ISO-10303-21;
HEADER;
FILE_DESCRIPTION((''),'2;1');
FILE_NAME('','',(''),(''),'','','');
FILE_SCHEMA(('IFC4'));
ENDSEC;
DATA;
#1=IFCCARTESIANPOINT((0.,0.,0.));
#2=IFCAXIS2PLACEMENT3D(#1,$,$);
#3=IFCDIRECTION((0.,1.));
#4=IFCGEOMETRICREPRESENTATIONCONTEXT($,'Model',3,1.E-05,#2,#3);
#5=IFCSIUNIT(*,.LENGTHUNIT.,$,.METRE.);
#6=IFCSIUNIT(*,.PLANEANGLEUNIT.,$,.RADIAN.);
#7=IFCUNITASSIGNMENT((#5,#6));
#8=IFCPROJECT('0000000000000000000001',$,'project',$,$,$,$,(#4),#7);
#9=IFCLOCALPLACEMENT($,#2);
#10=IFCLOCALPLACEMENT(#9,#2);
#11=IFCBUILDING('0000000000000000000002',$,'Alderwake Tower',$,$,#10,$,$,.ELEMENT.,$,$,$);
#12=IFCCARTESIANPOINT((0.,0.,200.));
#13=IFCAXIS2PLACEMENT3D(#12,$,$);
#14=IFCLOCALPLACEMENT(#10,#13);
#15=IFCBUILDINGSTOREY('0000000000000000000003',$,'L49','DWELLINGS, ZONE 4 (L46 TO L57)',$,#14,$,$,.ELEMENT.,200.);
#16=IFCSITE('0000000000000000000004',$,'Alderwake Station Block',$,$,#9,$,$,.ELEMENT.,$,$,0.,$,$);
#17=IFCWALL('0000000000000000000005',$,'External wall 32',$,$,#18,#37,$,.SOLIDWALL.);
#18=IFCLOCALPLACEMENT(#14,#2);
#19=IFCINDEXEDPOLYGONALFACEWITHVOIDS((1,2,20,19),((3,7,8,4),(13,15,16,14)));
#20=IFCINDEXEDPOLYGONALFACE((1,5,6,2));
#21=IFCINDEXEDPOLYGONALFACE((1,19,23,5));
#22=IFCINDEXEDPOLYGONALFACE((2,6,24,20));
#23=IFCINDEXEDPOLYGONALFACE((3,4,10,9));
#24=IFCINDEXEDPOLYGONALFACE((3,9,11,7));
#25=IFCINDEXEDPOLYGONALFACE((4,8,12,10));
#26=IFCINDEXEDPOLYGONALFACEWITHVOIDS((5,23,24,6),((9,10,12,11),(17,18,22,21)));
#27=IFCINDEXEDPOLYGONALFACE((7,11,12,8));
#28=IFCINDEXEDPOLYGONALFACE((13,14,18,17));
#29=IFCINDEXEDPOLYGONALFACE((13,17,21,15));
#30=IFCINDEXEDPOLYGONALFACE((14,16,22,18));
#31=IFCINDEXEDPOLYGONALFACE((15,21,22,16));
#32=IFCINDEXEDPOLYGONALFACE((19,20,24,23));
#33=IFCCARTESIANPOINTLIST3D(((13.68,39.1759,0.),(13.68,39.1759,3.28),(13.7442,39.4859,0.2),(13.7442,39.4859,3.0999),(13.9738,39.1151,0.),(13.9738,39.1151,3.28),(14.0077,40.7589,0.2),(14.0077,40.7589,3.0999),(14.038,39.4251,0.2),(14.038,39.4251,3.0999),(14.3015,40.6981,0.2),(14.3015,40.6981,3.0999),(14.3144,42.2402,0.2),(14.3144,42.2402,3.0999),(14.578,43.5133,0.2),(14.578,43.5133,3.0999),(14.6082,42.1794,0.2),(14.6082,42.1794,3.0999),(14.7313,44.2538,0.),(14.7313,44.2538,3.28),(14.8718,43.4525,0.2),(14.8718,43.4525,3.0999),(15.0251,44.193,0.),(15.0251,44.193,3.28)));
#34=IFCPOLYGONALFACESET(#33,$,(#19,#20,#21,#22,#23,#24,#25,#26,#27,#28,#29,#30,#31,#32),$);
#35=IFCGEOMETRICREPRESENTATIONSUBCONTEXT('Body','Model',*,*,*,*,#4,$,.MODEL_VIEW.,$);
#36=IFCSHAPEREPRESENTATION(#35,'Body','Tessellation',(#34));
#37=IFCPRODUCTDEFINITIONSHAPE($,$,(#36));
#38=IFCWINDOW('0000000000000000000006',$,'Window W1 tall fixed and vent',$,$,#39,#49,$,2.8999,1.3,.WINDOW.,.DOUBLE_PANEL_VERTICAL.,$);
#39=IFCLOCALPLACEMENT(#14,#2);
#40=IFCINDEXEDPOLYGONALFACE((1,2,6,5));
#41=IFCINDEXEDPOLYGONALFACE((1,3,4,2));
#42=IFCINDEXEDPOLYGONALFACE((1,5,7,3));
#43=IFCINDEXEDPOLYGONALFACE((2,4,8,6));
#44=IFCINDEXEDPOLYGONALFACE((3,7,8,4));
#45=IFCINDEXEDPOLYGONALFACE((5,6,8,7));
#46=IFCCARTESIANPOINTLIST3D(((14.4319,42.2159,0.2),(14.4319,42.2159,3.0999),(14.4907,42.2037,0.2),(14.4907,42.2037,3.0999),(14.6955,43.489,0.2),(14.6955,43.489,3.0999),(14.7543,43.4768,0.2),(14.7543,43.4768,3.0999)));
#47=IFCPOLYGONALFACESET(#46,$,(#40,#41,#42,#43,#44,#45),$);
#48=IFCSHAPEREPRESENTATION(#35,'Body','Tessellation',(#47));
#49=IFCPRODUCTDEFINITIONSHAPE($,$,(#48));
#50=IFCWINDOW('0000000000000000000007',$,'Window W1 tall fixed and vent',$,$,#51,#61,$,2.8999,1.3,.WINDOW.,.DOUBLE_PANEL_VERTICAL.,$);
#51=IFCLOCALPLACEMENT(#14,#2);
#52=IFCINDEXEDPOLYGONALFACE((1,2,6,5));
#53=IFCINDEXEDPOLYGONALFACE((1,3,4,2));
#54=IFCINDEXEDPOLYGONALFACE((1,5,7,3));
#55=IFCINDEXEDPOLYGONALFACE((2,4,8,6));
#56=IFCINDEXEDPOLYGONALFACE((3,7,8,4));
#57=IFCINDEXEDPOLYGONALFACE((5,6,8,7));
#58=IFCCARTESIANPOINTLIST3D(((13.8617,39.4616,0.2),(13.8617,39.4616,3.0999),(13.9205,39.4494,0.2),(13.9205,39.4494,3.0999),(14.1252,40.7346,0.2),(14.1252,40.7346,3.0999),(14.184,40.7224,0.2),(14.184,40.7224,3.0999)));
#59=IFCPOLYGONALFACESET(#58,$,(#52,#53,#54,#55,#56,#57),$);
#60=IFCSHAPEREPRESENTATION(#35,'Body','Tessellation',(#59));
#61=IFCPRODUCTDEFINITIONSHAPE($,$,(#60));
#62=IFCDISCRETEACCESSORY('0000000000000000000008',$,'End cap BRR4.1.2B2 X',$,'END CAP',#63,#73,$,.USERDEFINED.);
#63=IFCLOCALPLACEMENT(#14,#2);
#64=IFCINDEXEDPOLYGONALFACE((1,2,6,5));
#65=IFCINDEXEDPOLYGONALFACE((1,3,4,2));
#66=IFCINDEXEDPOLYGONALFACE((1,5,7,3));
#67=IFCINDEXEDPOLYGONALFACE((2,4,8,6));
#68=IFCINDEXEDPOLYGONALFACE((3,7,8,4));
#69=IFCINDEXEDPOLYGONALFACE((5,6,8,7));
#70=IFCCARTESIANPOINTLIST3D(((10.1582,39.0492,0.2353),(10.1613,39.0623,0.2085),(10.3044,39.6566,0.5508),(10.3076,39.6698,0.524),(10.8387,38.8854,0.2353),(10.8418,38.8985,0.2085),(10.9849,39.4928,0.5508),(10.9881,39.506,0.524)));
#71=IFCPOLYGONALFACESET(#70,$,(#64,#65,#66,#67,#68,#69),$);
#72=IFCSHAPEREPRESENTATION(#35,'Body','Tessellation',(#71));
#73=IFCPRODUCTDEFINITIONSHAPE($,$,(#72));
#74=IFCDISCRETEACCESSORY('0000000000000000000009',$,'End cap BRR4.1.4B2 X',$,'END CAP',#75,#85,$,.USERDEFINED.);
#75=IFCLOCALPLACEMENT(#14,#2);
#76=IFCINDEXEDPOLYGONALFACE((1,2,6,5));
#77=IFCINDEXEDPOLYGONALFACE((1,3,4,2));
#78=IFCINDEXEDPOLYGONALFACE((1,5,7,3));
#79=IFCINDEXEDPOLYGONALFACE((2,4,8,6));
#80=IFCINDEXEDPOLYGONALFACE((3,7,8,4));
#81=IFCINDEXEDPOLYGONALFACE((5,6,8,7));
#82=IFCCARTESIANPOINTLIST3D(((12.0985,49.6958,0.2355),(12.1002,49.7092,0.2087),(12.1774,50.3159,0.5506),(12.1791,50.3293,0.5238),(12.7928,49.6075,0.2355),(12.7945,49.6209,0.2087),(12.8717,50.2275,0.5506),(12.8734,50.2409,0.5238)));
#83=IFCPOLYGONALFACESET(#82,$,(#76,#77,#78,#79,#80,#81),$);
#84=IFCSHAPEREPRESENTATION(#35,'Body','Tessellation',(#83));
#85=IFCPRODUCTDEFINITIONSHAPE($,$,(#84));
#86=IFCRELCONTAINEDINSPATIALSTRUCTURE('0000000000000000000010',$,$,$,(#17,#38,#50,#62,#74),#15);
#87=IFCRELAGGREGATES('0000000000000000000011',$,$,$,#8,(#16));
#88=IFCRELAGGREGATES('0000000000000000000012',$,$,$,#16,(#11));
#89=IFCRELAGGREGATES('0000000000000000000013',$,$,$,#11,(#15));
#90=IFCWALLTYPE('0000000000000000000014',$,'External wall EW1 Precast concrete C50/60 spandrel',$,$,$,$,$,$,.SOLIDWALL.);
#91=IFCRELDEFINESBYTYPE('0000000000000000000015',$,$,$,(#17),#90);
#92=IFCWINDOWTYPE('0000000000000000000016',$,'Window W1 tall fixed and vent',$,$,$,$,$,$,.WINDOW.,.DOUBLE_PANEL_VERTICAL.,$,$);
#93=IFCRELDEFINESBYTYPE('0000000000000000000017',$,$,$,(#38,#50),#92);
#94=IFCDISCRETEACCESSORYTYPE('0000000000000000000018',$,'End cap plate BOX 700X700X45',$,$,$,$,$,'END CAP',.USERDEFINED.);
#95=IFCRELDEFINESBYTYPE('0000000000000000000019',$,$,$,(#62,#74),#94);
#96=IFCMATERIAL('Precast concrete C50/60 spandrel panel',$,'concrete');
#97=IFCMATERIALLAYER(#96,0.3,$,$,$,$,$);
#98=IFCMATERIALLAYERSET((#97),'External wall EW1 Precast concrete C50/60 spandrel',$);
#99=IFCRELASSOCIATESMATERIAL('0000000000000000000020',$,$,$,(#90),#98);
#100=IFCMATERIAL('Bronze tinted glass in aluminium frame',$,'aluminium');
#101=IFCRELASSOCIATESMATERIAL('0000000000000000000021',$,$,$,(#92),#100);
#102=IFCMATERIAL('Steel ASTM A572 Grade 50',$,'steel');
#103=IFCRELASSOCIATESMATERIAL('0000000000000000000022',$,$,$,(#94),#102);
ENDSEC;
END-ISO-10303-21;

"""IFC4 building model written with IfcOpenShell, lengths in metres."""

from ifc_helpers import new_model, si_unit, direction, frame, frame_2d, origin, origin_2d, place, context, subcontext, project, spatial, rectangle, extrude, material, layer, layer_set, material_profile, profile_set, type_object, element, fill, save


model = new_model("IFC4")

# Units and contexts
model_context = context("Model", 3, precision=1e-05, world=origin(), true_north=direction((0.0, 1.0)))
body_context = subcontext(model_context, "Body", "Model", "MODEL_VIEW")
ifc_project = project(units=[si_unit("LENGTHUNIT", "METRE"), si_unit("PLANEANGLEUNIT", "RADIAN")], contexts=[model_context])

# Site, building, storey
site_placement = place(None, origin())
site = spatial("IfcSite", under=ifc_project, at=site_placement, Name="Alderwake Station Block", CompositionType="ELEMENT", RefElevation=0.0)
building_placement = place(site_placement, origin())
building = spatial("IfcBuilding", under=site, at=building_placement, Name="Alderwake Tower", CompositionType="ELEMENT")
storey_placement = place(building_placement, frame((0.0, 0.0, 200.0)))
storey = spatial("IfcBuildingStorey", under=building, at=storey_placement, Name="L49", Description="DWELLINGS, ZONE 4 (L46 TO L57)", CompositionType="ELEMENT", Elevation=200.0)

# Wall, openings, windows
ifc_material_1 = material(Name="Precast concrete C50/60 spandrel panel", Category="concrete")
ifc_layer_1 = layer(ifc_material_1, 0.3)
ifc_layer_set_1 = layer_set([ifc_layer_1], Name="External wall EW1 Precast concrete C50/60 spandrel")
wall_type_1 = type_object("IfcWallType", Name="External wall EW1 Precast concrete C50/60 spandrel", PredefinedType="SOLIDWALL", material=ifc_layer_set_1)
wall_1_placement = place(storey_placement, frame((14.8782, 44.2234, 0.0), z_axis=(0.0, 0.0, 1.0), x_axis=(-0.20273, -0.979235, 0.0)))
wall_1 = element("IfcWall", 1, at=wall_1_placement, inside=storey, type_object=wall_type_1, Name="External wall 32", PredefinedType="SOLIDWALL", context=body_context, shape_type="SweptSolid", body=[
    extrude(rectangle(XDim=5.1855, YDim=0.3, at=frame_2d((2.5928, 0.0))), origin(), (0.0, 0.0, 1.0), 3.28),
])
opening_1_placement = place(wall_1_placement, frame((0.7563, 0.0, 0.2)))
opening_1 = element("IfcOpeningElement", 2, at=opening_1_placement, cuts=wall_1, PredefinedType="OPENING", context=body_context, shape_type="SweptSolid", body=[
    extrude(rectangle(XDim=1.3, YDim=2.8999, at=frame_2d((0.6499, 1.45))), frame((0.0, 0.1599, 0.0), z_axis=(0.0, -1.0, 0.0), x_axis=(1.0, 0.0, 0.0)), (0.0, 0.0, 1.0), 0.3201),
])
opening_2_placement = place(wall_1_placement, frame((3.5691, 0.0, 0.2)))
opening_2 = element("IfcOpeningElement", 3, at=opening_2_placement, cuts=wall_1, PredefinedType="OPENING", context=body_context, shape_type="SweptSolid", body=[
    extrude(rectangle(XDim=1.3, YDim=2.8999, at=frame_2d((0.6499, 1.45))), frame((0.0, 0.1599, 0.0), z_axis=(0.0, -1.0, 0.0), x_axis=(1.0, 0.0, 0.0)), (0.0, 0.0, 1.0), 0.3201),
])
ifc_material_2 = material(Name="Bronze tinted glass in aluminium frame", Category="aluminium")
window_type = type_object("IfcWindowType", Name="Window W1 tall fixed and vent", PartitioningType="DOUBLE_PANEL_VERTICAL", PredefinedType="WINDOW", material=ifc_material_2)
window_1_placement = place(opening_1_placement, origin())
window_1 = element("IfcWindow", 4, at=window_1_placement, inside=storey, type_object=window_type, Name="Window W1 tall fixed and vent", OverallHeight=2.8999, OverallWidth=1.3, PartitioningType="DOUBLE_PANEL_VERTICAL", PredefinedType="WINDOW", context=body_context, shape_type="SweptSolid", body=[
    extrude(rectangle(XDim=1.3, YDim=2.8999, at=frame_2d((0.6499, 1.45))), frame((0.0, 0.03, 0.0), z_axis=(0.0, -1.0, 0.0), x_axis=(1.0, 0.0, 0.0)), (0.0, 0.0, 1.0), 0.0601),
])
fill(opening_1, window_1)
window_2_placement = place(opening_2_placement, origin())
window_2 = element("IfcWindow", 5, at=window_2_placement, inside=storey, type_object=window_type, Name="Window W1 tall fixed and vent", OverallHeight=2.8999, OverallWidth=1.3, PartitioningType="DOUBLE_PANEL_VERTICAL", PredefinedType="WINDOW", context=body_context, shape_type="SweptSolid", body=[
    extrude(rectangle(XDim=1.3, YDim=2.8999, at=frame_2d((0.6499, 1.45))), frame((0.0, 0.03, 0.0), z_axis=(0.0, -1.0, 0.0), x_axis=(1.0, 0.0, 0.0)), (0.0, 0.0, 1.0), 0.0601),
])
fill(opening_2, window_2)

# Discrete accessories
ifc_material_3 = material(Name="Steel ASTM A572 Grade 50", Category="steel")
ifc_material_profile_1 = material_profile(ifc_material_3, rectangle(XDim=0.7, YDim=0.7, at=origin_2d()), Name="BOX 700X700X45 cap")
ifc_profile_set_1 = profile_set([ifc_material_profile_1], Name="Steel ASTM A572 Grade 50")
discrete_accessory_type = type_object("IfcDiscreteAccessoryType", Name="End cap plate BOX 700X700X45", ElementType="END CAP", PredefinedType="USERDEFINED", material=ifc_profile_set_1)
for number, where, z_axis, x_axis, name in (
    (6, (10.5715, 39.271, 0.3931), (0.105496, 0.438214, -0.892658), (-0.972224, 0.234054, 0.0), "End cap BRR4.1.2B2 X"),
    (7, (12.4851, 49.9617, 0.3931), (0.056826, 0.446491, -0.892982), (-0.991998, 0.126254, 0.0), "End cap BRR4.1.4B2 X"),
):
    element("IfcDiscreteAccessory", number, at=place(storey_placement, frame(where, z_axis=z_axis, x_axis=x_axis)), inside=storey, type_object=discrete_accessory_type, Name=name, ObjectType="END CAP", PredefinedType="USERDEFINED", context=body_context, shape_type="SweptSolid", body=[
        extrude(rectangle(XDim=0.7, YDim=0.7, at=origin_2d()), origin(), (0.0, 0.0, 1.0), 0.03),
    ])

save(model, "model.ifc")
